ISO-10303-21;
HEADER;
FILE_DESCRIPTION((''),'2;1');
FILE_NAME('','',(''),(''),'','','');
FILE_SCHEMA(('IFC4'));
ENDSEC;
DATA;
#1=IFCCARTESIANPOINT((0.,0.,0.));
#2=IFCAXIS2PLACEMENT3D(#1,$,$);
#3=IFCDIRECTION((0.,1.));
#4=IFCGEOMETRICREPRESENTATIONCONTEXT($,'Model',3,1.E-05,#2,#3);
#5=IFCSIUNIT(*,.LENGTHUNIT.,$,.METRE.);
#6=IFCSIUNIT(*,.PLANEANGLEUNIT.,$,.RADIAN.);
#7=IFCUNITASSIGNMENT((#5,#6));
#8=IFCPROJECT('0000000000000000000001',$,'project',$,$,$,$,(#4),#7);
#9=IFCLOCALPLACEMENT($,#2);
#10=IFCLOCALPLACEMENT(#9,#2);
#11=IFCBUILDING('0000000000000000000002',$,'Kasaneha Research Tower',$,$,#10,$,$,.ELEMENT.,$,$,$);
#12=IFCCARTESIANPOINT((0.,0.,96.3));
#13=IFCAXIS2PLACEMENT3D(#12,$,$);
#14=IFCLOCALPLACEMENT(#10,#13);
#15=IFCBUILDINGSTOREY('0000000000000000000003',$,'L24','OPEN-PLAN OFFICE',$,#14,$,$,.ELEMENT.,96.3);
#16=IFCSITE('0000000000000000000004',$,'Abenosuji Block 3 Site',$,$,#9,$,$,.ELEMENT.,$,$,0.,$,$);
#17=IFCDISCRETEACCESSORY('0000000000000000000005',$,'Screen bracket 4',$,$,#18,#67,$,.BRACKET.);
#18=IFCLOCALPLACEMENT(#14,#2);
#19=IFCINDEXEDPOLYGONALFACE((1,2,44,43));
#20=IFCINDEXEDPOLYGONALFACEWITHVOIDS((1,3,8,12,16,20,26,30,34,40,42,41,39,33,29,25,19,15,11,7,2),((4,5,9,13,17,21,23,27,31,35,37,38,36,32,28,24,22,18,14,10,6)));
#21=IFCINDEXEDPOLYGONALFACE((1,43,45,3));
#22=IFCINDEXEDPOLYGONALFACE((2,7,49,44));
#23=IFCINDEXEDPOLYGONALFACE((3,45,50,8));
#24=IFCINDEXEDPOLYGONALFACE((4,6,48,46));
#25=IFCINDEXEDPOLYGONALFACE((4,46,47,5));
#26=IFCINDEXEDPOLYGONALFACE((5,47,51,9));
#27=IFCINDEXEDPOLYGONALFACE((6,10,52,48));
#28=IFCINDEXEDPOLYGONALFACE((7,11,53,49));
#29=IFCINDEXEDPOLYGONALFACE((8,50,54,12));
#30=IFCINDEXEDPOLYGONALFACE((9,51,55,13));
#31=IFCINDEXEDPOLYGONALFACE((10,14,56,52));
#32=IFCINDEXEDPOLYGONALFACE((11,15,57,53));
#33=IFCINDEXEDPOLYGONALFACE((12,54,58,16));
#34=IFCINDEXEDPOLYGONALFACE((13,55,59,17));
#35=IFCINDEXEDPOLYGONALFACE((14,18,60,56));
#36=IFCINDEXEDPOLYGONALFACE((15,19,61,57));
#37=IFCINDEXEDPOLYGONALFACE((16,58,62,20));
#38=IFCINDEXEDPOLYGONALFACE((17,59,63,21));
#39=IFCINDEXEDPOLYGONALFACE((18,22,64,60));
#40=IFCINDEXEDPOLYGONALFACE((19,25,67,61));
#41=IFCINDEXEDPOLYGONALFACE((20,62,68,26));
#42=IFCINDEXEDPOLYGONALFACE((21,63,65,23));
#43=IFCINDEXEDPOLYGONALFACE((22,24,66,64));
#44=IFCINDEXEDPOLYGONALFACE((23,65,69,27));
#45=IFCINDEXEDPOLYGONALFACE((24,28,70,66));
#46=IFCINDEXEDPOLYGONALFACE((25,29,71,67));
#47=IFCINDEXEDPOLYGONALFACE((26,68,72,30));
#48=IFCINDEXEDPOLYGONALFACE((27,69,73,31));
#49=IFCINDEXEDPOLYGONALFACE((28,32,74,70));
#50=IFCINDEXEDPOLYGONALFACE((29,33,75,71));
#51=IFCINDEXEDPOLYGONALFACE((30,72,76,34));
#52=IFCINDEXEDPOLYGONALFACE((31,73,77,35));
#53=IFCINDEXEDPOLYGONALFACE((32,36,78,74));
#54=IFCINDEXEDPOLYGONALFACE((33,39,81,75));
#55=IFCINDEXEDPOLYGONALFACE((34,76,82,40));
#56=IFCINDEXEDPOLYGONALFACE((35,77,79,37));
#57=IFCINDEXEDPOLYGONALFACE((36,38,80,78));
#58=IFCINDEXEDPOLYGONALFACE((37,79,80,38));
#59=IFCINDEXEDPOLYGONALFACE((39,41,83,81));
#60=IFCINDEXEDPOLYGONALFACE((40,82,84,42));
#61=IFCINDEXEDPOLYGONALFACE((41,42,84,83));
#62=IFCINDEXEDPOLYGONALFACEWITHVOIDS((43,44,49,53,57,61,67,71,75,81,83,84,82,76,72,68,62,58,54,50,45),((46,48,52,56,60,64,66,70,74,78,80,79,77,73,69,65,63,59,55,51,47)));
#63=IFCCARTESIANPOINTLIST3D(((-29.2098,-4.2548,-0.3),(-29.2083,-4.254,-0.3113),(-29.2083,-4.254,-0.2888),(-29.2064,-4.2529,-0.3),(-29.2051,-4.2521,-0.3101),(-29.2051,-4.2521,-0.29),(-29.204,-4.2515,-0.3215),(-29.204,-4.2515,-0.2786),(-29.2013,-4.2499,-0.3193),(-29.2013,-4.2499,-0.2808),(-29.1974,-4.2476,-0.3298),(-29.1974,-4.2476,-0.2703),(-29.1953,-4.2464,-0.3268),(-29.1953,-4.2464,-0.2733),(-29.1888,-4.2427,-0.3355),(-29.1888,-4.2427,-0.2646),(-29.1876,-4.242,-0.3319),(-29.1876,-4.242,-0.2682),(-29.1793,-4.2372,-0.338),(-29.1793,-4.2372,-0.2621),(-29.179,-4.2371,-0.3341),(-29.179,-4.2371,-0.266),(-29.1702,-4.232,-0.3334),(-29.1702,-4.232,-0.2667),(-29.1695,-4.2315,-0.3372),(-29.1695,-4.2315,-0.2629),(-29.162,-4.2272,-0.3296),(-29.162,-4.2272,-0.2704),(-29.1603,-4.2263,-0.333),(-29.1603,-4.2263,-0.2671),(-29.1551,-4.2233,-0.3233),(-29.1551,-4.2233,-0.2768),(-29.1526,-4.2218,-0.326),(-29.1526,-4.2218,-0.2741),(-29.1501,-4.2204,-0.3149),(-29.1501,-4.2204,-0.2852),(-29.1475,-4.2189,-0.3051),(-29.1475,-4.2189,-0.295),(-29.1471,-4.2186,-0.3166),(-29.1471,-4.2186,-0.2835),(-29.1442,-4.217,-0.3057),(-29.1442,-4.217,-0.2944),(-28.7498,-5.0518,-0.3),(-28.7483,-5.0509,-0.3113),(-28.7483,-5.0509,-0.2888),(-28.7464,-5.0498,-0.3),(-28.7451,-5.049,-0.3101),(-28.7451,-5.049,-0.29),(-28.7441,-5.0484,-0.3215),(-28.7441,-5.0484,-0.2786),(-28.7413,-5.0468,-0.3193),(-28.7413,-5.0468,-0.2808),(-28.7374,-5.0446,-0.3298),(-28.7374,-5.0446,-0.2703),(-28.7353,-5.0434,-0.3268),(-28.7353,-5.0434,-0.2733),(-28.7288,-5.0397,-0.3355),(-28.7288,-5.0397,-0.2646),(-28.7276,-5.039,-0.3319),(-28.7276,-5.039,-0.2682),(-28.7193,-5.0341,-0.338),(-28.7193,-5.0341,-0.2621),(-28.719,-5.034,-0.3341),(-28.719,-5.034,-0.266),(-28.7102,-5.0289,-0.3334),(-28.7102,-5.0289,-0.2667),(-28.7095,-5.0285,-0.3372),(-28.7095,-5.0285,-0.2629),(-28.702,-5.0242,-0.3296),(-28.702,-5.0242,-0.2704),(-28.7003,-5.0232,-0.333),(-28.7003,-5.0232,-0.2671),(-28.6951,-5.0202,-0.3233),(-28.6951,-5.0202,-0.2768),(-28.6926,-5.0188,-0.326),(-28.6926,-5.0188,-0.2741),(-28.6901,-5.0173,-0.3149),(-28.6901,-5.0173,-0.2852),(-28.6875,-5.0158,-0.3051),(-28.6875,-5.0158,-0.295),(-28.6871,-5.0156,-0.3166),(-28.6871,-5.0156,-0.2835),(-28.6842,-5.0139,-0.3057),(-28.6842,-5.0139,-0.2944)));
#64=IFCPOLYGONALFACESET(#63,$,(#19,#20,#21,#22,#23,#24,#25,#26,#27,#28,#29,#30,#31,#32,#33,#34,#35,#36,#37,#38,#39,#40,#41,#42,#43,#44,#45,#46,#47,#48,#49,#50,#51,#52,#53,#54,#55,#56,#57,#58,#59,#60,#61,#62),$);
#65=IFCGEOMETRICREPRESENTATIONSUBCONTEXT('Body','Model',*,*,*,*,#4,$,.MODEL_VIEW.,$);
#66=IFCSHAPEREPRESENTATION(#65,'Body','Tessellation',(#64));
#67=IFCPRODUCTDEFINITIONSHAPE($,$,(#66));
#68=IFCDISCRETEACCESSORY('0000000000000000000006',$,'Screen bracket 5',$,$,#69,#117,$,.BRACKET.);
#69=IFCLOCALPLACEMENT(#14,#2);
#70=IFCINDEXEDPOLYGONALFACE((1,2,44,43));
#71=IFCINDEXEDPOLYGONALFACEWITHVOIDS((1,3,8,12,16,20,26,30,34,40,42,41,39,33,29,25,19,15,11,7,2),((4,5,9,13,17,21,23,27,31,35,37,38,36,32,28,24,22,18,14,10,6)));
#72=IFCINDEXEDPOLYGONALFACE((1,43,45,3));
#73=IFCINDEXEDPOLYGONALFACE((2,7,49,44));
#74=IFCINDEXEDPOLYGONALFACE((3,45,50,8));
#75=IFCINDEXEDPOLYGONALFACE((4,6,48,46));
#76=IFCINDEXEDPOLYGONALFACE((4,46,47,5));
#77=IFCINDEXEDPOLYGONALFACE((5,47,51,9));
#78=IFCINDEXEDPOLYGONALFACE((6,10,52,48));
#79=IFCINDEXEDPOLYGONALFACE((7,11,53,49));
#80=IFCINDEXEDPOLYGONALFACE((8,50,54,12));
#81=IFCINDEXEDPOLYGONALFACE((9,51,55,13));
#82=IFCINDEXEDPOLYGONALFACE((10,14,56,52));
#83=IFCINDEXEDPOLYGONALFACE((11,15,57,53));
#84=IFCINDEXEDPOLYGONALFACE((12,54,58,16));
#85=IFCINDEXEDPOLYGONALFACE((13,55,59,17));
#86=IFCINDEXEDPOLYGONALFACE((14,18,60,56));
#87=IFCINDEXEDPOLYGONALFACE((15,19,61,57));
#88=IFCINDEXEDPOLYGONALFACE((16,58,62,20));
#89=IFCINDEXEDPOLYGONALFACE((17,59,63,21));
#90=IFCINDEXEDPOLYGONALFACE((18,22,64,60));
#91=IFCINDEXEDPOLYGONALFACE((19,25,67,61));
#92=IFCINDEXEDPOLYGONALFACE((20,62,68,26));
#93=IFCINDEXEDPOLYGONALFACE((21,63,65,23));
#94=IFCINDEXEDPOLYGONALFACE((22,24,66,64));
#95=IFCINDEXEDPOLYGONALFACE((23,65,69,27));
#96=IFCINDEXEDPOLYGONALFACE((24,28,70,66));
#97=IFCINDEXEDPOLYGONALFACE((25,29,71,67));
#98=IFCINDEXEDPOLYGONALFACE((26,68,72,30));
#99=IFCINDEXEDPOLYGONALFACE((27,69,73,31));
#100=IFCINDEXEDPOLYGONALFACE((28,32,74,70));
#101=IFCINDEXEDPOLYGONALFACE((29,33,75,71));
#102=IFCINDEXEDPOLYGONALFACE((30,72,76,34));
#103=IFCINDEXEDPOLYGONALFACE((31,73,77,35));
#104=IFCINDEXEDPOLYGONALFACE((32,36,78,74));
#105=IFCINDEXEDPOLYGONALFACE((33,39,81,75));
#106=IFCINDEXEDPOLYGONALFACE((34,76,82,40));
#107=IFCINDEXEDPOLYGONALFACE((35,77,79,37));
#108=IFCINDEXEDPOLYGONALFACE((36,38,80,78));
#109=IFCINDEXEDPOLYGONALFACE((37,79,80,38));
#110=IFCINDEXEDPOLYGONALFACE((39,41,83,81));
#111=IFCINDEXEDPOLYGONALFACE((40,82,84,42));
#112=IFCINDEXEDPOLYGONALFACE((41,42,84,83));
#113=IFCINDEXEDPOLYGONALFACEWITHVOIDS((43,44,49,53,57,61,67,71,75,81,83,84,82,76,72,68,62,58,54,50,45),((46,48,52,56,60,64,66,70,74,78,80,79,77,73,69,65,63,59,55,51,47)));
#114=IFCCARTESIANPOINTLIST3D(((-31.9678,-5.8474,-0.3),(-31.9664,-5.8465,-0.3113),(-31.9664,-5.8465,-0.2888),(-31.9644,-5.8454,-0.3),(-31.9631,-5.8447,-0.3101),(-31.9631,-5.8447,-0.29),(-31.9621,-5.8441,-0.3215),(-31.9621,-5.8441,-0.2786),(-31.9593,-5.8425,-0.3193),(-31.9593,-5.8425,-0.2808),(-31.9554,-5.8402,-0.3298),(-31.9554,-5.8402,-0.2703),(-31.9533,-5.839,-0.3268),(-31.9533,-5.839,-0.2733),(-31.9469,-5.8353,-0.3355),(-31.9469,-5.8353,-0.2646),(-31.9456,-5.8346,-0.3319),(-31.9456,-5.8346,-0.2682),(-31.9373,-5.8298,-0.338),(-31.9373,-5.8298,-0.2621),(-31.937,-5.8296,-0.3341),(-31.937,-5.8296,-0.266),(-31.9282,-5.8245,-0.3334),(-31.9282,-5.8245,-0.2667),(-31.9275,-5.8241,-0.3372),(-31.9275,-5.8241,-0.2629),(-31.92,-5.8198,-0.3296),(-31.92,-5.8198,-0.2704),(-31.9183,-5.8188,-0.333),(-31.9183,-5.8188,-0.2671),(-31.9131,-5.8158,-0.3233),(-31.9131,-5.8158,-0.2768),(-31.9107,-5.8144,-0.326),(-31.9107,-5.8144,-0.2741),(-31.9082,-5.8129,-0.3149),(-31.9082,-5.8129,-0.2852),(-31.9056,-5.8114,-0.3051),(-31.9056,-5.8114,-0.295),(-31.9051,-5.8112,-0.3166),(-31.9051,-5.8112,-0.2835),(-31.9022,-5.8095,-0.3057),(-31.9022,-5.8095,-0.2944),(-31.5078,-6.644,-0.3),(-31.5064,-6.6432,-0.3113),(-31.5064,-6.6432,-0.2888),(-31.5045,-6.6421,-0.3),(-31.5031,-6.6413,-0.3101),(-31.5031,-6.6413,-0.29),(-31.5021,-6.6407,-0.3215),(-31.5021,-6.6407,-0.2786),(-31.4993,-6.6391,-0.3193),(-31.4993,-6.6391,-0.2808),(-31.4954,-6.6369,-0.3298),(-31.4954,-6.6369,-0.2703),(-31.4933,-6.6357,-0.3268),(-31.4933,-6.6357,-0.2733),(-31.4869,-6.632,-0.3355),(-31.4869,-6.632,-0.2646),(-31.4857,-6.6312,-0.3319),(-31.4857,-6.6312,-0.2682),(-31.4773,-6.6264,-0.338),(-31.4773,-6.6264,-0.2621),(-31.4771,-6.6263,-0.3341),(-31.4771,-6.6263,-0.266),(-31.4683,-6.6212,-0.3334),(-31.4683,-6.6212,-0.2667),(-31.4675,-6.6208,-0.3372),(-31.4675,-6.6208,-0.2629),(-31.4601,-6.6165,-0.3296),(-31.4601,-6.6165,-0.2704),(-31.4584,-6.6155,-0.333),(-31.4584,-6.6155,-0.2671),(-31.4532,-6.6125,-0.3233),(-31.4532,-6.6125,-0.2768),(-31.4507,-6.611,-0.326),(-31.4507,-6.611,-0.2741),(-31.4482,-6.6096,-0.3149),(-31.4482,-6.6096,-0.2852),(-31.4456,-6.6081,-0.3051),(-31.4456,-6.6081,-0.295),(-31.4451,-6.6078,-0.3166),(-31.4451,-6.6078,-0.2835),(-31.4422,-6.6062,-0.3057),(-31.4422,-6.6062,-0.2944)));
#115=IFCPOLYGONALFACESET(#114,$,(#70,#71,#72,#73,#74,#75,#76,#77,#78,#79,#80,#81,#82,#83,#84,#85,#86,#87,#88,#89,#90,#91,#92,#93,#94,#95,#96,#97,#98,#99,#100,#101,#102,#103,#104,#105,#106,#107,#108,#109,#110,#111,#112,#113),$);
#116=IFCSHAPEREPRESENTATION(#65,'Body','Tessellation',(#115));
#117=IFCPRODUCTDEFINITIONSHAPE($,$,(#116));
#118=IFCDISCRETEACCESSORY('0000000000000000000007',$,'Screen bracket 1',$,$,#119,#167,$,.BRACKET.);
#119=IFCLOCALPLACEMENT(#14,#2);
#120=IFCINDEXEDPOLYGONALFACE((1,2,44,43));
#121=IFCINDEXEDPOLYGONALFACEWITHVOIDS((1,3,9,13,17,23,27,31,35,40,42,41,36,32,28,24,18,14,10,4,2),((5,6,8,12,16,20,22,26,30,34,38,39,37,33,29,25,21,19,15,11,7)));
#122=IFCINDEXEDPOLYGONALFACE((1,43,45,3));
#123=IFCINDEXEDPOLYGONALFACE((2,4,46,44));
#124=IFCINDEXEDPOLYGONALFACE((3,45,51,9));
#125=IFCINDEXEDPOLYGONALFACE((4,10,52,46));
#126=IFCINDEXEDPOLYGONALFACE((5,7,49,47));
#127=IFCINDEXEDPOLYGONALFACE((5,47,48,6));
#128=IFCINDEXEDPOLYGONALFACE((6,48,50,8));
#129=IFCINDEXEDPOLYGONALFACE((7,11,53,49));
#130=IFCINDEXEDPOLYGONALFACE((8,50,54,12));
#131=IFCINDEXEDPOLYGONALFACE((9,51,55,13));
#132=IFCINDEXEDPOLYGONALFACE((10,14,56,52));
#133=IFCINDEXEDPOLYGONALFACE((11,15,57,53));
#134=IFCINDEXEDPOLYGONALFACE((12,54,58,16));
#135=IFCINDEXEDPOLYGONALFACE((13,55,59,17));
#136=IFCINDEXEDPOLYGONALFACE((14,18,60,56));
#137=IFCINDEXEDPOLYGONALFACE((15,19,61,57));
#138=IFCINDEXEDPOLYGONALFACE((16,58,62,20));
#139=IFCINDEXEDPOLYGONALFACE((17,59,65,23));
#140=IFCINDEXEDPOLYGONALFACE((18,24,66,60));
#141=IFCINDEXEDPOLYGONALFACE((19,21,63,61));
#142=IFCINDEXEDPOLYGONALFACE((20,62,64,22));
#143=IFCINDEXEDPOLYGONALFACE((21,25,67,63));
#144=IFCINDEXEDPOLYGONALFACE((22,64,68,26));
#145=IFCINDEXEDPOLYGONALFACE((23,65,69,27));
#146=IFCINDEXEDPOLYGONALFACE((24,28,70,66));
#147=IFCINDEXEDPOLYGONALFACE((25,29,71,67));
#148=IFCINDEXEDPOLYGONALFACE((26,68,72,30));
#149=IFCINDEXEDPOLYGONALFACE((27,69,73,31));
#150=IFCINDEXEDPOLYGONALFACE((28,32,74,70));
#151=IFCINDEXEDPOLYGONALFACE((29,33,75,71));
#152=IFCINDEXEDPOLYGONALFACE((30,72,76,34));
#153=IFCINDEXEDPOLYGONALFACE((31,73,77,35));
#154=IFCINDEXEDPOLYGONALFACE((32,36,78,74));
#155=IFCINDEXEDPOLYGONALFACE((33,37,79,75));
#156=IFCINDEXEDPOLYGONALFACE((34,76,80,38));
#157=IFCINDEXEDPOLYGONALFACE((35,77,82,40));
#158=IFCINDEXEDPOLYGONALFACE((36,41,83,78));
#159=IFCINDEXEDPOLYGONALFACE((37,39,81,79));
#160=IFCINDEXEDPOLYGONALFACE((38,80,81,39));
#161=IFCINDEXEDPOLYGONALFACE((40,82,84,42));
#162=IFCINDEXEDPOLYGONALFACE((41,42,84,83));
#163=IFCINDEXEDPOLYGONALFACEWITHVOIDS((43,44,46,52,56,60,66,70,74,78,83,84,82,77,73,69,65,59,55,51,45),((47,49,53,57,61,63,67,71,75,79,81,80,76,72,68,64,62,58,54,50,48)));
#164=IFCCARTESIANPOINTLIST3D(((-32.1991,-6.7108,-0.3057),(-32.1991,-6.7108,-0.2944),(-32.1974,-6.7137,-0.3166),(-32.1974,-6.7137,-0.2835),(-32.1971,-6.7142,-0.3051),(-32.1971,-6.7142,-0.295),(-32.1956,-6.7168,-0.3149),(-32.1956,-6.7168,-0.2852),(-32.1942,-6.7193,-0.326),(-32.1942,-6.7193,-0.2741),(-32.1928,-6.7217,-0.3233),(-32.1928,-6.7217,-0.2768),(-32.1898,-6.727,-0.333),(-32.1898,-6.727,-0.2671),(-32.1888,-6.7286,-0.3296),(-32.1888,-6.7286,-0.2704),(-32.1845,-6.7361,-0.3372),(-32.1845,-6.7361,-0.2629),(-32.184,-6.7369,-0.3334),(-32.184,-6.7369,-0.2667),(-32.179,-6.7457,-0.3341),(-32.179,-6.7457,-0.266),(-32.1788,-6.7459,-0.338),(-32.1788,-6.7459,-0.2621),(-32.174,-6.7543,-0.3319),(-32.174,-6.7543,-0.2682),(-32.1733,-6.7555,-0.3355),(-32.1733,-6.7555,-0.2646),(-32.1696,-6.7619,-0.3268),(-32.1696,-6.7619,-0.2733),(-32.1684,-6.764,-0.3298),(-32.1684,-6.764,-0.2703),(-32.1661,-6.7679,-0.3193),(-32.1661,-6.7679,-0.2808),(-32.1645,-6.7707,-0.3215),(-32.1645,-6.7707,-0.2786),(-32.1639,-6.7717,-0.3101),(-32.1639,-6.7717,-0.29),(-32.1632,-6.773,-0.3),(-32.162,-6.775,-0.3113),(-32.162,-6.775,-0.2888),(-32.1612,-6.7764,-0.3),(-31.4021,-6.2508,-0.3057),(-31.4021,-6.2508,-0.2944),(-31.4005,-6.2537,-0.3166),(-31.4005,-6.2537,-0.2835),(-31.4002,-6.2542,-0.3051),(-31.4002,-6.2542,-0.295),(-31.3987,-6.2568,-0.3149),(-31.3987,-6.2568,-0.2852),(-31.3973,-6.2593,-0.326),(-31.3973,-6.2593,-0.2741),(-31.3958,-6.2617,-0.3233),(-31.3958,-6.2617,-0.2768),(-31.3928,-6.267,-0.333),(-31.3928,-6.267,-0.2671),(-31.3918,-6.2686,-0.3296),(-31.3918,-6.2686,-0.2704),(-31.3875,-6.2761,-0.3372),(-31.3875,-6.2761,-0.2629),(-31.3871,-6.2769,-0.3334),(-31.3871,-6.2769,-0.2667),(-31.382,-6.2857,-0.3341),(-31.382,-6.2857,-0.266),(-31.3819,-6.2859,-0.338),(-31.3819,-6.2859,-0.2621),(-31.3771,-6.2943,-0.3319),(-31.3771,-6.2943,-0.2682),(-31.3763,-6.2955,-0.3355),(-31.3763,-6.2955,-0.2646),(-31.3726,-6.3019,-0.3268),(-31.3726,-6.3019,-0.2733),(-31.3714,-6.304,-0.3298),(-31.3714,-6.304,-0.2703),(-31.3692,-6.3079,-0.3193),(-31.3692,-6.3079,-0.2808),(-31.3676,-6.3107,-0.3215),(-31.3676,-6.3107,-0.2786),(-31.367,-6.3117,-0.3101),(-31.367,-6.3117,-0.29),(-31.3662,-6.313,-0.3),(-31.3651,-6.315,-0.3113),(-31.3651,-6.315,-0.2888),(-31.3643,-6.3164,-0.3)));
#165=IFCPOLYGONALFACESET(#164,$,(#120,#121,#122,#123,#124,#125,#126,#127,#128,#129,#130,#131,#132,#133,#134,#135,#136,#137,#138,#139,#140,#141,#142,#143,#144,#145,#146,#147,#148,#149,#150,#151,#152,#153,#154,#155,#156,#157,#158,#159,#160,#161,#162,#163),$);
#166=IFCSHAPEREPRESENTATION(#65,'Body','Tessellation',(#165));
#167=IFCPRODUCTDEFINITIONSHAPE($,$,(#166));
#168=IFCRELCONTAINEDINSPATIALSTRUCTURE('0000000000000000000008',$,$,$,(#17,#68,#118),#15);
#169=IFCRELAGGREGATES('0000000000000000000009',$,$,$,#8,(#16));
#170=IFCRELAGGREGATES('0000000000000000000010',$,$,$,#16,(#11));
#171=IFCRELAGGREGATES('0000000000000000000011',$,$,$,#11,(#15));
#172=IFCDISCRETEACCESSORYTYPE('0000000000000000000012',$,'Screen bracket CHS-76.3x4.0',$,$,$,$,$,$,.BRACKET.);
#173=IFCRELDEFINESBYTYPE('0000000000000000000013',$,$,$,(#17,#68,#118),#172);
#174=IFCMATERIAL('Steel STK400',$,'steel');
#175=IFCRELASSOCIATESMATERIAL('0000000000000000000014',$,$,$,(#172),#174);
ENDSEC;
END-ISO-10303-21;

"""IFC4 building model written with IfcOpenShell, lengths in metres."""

from ifc_helpers import new_model, si_unit, direction, frame, origin, origin_2d, place, context, subcontext, project, spatial, hollow_circle, extrude, material, material_profile, profile_set, type_object, element, save


model = new_model("IFC4")

# Units and contexts
model_context = context("Model", 3, precision=1e-05, world=origin(), true_north=direction((0.0, 1.0)))
body_context = subcontext(model_context, "Body", "Model", "MODEL_VIEW")
ifc_project = project(units=[si_unit("LENGTHUNIT", "METRE"), si_unit("PLANEANGLEUNIT", "RADIAN")], contexts=[model_context])

# Site, building, storey
site_placement = place(None, origin())
site = spatial("IfcSite", under=ifc_project, at=site_placement, Name="Abenosuji Block 3 Site", CompositionType="ELEMENT", RefElevation=0.0)
building_placement = place(site_placement, origin())
building = spatial("IfcBuilding", under=site, at=building_placement, Name="Kasaneha Research Tower", CompositionType="ELEMENT")
storey_placement = place(building_placement, frame((0.0, 0.0, 96.3)))
storey = spatial("IfcBuildingStorey", under=building, at=storey_placement, Name="L24", Description="OPEN-PLAN OFFICE", CompositionType="ELEMENT", Elevation=96.3)

# Discrete accessories
ifc_material_1 = material(Name="Steel STK400", Category="steel")
ifc_material_profile_1 = material_profile(ifc_material_1, hollow_circle(Radius=0.0381, WallThickness=0.0039, at=origin_2d()), Name="CHS-76.3x4.0")
ifc_profile_set_1 = profile_set([ifc_material_profile_1], Name="Steel STK400")
discrete_accessory_type = type_object("IfcDiscreteAccessoryType", Name="Screen bracket CHS-76.3x4.0", PredefinedType="BRACKET", material=ifc_profile_set_1)
discrete_accessory_1_placement = place(storey_placement, frame((-28.7168, -5.0327, -0.3), z_axis=(-0.499906, 0.86608, 0.0), x_axis=(-0.86608, -0.499906, 0.0)))
element("IfcDiscreteAccessory", 1, at=discrete_accessory_1_placement, inside=storey, type_object=discrete_accessory_type, Name="Screen bracket 4", PredefinedType="BRACKET", context=body_context, shape_type="SweptSolid", body=[
    extrude(hollow_circle(Radius=0.0381, WallThickness=0.0039, at=origin_2d()), origin(), (0.0, 0.0, 1.0), 0.9202),
])
discrete_accessory_2_placement = place(storey_placement, frame((-31.4749, -6.625, -0.3), z_axis=(-0.500021, 0.866013, 0.0), x_axis=(-0.866013, -0.500021, 0.0)))
element("IfcDiscreteAccessory", 2, at=discrete_accessory_2_placement, inside=storey, type_object=discrete_accessory_type, Name="Screen bracket 5", PredefinedType="BRACKET", context=body_context, shape_type="SweptSolid", body=[
    extrude(hollow_circle(Radius=0.0381, WallThickness=0.0039, at=origin_2d()), origin(), (0.0, 0.0, 1.0), 0.9199),
])
discrete_accessory_3_placement = place(storey_placement, frame((-31.3833, -6.2834, -0.3), z_axis=(-0.86608, -0.499906, 0.0), x_axis=(0.499906, -0.86608, 0.0)))
element("IfcDiscreteAccessory", 3, at=discrete_accessory_3_placement, inside=storey, type_object=discrete_accessory_type, Name="Screen bracket 1", PredefinedType="BRACKET", context=body_context, shape_type="SweptSolid", body=[
    extrude(hollow_circle(Radius=0.0381, WallThickness=0.0039, at=origin_2d()), origin(), (0.0, 0.0, 1.0), 0.9202),
])

save(model, "model.ifc")
